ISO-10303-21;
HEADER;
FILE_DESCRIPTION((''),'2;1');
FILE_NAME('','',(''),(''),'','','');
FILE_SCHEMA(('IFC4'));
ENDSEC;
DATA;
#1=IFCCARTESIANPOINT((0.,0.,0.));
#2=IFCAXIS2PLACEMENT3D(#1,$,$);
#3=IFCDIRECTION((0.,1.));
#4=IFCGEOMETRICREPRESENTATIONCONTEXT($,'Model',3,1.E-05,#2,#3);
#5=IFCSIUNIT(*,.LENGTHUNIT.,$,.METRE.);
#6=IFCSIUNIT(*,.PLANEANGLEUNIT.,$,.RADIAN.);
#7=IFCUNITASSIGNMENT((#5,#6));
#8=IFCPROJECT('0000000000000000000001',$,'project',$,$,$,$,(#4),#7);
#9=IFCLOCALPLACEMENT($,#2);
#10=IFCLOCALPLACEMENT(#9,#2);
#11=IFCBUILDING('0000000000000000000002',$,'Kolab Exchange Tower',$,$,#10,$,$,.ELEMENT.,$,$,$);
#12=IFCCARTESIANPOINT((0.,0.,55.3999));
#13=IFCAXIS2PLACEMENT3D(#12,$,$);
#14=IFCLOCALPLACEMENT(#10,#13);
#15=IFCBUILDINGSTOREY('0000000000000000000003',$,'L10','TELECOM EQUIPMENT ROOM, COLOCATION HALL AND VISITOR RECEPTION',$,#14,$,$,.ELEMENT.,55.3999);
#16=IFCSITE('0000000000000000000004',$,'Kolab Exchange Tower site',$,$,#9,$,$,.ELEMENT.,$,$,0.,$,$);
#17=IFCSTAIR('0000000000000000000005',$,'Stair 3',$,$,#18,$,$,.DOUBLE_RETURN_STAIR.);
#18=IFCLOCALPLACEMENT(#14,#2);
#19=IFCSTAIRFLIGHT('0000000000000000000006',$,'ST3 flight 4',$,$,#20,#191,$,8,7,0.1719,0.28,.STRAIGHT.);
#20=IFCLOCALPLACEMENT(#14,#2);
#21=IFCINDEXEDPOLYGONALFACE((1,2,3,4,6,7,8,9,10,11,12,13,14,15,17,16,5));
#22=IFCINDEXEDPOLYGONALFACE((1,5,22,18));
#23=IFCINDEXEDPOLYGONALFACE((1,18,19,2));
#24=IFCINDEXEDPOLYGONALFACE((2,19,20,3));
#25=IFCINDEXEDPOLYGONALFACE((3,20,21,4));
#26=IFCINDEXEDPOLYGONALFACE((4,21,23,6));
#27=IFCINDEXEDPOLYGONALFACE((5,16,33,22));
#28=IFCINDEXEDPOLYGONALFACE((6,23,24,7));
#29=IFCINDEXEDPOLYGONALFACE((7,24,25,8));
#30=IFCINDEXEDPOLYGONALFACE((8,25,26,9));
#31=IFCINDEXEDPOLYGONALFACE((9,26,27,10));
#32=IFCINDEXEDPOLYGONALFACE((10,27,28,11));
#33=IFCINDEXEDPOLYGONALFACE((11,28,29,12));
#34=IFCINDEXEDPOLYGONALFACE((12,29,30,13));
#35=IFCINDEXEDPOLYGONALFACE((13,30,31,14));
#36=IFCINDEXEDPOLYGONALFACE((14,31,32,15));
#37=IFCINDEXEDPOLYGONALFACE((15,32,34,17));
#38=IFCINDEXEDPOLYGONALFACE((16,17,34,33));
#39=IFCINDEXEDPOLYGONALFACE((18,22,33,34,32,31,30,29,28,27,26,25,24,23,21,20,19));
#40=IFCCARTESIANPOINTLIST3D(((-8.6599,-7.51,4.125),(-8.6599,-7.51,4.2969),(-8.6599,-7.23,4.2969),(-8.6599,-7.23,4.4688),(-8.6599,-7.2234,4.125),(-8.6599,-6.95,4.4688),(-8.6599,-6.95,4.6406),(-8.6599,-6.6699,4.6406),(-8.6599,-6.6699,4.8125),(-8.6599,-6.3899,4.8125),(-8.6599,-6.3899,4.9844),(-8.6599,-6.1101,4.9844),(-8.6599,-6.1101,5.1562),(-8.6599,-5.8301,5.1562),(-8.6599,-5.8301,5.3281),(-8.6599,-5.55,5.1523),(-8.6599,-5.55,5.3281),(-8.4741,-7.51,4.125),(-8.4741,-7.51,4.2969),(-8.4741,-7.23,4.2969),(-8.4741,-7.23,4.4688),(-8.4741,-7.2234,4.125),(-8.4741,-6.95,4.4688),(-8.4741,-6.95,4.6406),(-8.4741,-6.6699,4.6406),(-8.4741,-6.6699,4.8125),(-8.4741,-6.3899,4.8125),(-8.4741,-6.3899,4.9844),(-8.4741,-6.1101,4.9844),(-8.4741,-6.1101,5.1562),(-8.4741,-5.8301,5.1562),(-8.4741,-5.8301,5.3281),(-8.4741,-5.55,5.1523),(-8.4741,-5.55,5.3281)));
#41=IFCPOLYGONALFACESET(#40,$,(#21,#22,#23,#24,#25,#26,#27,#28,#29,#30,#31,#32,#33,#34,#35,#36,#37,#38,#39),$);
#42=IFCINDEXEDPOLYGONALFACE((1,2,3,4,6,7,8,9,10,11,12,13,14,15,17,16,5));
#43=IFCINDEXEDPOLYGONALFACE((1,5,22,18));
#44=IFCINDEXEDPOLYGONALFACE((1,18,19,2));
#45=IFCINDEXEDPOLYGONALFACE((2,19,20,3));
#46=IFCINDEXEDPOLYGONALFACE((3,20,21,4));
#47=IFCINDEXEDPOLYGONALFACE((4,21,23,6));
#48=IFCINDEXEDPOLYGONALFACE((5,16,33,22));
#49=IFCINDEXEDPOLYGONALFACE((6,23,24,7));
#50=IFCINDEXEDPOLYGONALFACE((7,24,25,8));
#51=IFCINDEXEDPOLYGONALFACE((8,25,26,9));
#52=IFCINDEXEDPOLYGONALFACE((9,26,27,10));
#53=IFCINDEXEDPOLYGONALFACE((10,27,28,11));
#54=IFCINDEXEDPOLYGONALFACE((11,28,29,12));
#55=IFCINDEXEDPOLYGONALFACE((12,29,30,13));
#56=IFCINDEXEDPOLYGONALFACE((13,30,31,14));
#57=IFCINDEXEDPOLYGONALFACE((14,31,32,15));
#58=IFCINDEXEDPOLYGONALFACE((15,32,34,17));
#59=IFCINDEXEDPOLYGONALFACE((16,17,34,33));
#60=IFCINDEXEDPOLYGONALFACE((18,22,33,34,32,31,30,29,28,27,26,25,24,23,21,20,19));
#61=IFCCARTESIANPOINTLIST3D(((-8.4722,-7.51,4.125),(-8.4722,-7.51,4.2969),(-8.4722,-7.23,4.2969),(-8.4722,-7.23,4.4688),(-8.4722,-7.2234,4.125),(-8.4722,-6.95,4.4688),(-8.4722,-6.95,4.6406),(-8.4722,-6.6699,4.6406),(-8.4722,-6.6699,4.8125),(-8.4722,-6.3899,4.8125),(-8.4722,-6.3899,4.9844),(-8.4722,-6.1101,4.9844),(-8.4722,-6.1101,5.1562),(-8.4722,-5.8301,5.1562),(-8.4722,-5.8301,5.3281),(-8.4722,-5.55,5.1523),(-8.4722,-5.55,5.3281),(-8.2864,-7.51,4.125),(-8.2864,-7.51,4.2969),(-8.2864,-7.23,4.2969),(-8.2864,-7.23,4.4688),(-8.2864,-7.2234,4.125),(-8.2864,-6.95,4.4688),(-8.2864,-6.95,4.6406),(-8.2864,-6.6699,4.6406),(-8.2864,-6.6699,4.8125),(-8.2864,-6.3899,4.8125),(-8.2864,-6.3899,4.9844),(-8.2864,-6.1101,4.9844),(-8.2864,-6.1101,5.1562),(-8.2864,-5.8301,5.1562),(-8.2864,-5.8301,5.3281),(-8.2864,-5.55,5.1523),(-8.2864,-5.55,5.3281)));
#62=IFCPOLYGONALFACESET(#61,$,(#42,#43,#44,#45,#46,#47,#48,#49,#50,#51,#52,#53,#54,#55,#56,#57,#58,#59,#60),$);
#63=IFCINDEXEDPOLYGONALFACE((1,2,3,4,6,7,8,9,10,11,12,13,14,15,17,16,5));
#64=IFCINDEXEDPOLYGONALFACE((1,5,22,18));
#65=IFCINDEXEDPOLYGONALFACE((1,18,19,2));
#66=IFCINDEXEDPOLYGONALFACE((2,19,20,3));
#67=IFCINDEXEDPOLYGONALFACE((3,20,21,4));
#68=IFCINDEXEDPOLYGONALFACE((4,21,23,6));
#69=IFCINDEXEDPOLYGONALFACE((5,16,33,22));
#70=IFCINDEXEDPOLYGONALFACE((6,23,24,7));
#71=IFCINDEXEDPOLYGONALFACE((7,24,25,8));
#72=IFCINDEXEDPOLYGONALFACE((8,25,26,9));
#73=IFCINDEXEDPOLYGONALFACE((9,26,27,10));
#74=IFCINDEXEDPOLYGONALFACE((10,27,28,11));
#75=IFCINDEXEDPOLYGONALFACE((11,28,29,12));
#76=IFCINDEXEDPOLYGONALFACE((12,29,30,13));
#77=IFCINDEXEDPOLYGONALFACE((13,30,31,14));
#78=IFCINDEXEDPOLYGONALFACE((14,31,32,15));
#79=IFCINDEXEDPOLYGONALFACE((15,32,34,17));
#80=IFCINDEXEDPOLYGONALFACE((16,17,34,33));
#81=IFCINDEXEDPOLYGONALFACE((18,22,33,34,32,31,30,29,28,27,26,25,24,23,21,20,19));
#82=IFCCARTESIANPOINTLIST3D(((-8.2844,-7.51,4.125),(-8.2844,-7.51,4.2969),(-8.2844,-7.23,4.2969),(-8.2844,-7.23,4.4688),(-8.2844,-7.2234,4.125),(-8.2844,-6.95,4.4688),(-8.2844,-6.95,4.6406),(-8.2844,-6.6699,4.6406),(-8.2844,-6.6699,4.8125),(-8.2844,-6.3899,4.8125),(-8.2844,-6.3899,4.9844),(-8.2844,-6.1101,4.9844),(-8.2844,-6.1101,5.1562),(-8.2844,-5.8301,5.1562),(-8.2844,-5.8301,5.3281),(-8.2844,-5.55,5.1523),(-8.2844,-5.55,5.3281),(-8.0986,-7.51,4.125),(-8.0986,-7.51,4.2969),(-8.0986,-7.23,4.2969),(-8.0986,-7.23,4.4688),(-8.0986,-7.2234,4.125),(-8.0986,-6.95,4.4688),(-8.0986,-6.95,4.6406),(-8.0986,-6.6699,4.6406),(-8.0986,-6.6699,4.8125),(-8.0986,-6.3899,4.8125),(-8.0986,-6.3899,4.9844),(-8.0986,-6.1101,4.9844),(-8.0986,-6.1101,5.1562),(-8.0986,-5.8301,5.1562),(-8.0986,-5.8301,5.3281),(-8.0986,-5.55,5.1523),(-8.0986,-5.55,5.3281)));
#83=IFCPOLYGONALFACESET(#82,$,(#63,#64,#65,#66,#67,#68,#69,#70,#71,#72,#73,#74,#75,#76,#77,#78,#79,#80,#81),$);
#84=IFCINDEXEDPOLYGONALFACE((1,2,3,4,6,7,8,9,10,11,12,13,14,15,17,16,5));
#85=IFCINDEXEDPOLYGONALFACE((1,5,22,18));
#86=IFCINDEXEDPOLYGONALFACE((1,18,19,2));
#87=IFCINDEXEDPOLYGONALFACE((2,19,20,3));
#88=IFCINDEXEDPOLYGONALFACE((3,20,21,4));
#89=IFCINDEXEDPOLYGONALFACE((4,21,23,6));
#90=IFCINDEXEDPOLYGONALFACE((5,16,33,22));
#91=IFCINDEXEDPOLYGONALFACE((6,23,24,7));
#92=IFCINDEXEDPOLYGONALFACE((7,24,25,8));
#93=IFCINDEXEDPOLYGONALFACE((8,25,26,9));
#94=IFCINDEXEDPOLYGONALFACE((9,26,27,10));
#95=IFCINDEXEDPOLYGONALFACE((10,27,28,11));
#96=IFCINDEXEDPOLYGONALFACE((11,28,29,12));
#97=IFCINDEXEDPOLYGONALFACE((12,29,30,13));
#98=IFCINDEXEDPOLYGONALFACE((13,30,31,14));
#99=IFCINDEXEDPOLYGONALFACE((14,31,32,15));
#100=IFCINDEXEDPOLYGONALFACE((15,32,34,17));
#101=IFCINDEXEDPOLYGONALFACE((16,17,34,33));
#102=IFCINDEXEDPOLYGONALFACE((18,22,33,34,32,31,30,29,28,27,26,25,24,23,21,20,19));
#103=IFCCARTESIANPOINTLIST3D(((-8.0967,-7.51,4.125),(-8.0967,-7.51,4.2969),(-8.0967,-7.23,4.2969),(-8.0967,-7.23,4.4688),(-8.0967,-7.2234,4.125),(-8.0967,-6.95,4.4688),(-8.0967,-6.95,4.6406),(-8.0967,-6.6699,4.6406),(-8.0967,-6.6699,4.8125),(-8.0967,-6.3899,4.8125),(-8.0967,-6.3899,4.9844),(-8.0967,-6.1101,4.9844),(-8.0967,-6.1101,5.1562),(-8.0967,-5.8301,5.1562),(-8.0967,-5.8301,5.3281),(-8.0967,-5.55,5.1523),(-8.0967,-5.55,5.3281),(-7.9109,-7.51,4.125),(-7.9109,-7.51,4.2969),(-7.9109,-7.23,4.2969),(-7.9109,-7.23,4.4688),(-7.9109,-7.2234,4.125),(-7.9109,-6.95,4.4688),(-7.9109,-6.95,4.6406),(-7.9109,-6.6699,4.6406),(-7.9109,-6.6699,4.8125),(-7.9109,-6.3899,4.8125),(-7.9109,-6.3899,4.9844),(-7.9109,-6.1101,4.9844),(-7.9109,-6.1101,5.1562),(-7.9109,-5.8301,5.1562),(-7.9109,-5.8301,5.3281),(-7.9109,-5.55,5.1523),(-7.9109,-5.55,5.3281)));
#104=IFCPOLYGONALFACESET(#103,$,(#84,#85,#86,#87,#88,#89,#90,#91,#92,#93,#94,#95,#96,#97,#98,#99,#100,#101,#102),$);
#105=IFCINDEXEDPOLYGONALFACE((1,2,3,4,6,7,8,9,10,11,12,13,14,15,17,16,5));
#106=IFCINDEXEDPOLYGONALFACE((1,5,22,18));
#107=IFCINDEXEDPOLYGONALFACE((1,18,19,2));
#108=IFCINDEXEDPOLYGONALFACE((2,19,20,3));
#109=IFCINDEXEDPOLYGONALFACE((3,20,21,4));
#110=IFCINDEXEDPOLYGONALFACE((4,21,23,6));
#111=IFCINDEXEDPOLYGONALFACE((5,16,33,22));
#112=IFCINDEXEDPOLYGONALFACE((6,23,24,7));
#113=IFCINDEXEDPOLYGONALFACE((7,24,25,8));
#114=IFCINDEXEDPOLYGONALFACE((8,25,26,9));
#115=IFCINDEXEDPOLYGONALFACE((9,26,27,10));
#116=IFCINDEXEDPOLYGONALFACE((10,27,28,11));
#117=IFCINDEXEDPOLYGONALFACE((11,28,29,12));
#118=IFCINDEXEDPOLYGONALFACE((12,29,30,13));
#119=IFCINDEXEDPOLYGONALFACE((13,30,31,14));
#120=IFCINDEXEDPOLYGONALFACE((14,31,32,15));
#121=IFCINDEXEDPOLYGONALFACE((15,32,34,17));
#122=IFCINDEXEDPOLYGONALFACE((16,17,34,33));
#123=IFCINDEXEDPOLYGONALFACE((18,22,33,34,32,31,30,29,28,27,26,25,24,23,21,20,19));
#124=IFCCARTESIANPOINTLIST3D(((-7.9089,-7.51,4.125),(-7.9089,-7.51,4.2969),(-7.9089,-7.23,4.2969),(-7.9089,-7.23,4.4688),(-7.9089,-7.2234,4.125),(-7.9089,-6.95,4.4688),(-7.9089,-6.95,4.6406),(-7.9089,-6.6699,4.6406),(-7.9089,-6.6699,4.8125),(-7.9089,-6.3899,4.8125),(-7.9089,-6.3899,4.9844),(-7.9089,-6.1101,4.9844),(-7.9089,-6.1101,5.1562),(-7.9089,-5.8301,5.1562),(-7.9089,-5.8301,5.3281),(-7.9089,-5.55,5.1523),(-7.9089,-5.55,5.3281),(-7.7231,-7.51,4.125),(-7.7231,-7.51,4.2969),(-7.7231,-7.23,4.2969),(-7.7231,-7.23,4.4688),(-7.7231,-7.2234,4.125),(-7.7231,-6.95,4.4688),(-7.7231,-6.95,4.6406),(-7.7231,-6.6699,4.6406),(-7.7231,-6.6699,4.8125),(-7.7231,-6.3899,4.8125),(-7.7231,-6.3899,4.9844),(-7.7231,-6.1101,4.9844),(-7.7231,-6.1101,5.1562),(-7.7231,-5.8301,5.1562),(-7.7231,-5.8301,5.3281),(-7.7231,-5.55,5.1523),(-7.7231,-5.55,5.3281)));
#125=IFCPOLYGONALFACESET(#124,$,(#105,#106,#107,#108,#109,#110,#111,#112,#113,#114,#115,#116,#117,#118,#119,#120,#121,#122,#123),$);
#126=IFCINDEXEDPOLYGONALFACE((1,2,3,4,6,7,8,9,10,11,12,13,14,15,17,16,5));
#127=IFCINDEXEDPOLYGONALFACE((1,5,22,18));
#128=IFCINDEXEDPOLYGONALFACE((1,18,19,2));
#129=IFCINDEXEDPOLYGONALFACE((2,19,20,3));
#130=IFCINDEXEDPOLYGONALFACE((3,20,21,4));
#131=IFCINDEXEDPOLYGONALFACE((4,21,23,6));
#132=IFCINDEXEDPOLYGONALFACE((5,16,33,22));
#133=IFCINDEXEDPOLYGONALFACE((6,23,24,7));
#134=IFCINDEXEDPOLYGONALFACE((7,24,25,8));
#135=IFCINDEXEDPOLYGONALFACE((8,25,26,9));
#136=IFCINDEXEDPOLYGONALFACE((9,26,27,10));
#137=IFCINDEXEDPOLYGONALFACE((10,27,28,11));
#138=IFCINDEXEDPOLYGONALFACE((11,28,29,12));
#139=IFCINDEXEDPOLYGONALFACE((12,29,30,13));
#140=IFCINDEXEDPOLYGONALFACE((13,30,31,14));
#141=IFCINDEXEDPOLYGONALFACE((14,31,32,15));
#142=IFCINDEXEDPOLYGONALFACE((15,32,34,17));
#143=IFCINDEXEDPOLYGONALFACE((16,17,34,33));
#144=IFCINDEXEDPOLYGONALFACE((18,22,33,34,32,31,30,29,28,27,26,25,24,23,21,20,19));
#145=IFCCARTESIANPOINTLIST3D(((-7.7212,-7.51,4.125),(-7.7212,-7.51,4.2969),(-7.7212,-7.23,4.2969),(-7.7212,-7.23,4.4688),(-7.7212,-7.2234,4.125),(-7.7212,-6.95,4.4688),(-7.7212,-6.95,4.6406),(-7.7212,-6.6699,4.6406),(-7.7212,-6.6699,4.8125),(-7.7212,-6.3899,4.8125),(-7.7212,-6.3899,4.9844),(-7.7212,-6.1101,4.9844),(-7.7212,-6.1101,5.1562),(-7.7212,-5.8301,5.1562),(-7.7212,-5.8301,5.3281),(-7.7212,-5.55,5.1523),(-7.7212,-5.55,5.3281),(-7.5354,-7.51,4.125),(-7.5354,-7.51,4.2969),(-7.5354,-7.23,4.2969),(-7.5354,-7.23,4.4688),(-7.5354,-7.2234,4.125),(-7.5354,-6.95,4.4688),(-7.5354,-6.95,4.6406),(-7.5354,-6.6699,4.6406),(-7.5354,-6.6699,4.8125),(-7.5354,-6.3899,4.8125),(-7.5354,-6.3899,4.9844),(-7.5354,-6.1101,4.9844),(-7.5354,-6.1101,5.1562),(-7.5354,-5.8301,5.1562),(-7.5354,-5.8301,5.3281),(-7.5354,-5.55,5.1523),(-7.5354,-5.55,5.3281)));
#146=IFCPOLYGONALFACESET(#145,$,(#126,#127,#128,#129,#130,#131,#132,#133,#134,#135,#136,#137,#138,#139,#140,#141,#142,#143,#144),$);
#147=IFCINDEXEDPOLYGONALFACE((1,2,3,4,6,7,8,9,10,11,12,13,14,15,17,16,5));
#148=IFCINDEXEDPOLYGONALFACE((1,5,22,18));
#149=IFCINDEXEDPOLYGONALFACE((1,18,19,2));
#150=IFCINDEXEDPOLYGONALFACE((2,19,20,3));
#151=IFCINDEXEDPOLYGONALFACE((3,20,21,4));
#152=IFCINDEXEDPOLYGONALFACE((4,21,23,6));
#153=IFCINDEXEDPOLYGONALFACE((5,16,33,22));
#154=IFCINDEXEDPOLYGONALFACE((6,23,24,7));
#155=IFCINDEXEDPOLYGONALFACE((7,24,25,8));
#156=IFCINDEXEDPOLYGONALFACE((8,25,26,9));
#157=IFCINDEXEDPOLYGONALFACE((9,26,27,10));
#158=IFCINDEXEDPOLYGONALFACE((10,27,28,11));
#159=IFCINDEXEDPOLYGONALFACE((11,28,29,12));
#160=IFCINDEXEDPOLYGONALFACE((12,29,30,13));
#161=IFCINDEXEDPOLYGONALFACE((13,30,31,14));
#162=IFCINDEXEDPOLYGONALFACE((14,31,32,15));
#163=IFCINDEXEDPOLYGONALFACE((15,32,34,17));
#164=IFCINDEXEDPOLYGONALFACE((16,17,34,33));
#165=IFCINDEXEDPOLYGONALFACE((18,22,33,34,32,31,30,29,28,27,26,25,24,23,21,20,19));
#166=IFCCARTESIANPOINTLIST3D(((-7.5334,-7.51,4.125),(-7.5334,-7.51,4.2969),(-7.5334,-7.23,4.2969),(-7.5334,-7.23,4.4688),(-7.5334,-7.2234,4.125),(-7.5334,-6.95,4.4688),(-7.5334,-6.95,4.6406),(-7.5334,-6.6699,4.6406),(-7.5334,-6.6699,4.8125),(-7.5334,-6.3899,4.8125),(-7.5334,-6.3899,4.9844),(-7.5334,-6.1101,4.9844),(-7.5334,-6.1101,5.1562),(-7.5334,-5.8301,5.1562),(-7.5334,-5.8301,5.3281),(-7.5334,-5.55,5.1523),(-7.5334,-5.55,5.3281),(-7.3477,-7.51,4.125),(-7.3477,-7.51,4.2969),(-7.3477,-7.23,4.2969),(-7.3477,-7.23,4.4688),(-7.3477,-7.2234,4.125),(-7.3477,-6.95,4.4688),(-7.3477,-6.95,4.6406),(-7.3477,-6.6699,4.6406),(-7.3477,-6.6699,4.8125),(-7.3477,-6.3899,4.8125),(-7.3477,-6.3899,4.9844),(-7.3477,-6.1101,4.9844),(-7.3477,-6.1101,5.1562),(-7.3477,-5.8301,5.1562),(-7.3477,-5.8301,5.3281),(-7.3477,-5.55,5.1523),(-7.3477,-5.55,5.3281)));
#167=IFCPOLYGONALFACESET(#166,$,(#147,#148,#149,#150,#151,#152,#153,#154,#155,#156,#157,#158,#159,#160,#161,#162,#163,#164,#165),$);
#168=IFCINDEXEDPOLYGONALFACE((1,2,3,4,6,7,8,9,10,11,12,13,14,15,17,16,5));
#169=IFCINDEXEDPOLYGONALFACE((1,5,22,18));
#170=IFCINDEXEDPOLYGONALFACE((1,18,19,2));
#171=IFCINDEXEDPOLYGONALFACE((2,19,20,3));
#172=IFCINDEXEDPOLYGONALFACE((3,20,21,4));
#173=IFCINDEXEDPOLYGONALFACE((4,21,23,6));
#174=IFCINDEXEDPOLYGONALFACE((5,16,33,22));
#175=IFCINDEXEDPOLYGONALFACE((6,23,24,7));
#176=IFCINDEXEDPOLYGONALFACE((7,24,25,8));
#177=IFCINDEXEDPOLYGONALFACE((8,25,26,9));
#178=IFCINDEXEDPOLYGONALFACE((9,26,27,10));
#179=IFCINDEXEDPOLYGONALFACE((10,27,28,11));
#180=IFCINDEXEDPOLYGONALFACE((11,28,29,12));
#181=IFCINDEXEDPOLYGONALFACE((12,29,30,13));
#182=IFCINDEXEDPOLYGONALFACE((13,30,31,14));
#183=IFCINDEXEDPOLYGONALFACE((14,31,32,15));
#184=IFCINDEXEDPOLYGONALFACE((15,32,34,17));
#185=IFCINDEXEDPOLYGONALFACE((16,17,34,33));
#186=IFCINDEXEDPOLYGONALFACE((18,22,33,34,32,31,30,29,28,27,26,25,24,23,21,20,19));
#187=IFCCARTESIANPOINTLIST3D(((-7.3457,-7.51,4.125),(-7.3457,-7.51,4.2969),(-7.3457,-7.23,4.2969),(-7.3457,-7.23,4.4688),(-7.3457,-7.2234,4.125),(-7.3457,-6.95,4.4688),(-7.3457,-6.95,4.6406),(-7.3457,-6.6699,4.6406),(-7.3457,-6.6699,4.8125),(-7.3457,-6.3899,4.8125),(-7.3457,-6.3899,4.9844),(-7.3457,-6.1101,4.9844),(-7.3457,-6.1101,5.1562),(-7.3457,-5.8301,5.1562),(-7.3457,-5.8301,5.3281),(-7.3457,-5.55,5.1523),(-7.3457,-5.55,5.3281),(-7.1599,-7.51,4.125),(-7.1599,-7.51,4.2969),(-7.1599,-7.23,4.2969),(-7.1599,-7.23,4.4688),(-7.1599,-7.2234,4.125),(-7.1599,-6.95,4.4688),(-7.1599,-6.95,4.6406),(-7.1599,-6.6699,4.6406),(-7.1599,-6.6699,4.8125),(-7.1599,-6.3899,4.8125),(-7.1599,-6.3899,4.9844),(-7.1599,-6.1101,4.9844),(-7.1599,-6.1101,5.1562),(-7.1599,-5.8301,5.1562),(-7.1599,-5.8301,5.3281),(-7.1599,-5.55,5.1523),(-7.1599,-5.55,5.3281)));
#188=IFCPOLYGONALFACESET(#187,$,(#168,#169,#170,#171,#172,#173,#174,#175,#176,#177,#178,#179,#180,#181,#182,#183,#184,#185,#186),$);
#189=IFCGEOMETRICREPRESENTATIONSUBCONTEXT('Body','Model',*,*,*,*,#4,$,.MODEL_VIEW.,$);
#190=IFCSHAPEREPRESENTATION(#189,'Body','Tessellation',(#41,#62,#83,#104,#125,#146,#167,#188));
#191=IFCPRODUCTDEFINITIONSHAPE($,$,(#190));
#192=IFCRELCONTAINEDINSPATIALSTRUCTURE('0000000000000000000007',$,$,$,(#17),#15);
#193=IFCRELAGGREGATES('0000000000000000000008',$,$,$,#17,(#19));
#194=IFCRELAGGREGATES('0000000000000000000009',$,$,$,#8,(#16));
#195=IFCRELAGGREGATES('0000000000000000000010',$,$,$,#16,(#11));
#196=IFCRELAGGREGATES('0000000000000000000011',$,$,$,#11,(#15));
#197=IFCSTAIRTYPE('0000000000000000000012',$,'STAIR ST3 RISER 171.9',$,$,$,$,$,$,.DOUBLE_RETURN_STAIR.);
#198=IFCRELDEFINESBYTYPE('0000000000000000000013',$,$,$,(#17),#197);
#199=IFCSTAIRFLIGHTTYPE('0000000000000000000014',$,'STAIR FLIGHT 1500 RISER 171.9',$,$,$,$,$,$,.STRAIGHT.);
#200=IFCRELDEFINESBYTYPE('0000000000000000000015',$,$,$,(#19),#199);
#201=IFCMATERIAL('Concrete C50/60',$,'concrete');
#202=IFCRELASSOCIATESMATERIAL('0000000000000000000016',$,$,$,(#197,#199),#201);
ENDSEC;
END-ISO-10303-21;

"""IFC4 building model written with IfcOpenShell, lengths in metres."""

from ifc_helpers import new_model, si_unit, direction, frame, origin, place, context, subcontext, project, spatial, polyline, outline, extrude, material, type_object, element, aggregate, save


model = new_model("IFC4")

# Units and contexts
model_context = context("Model", 3, precision=1e-05, world=origin(), true_north=direction((0.0, 1.0)))
body_context = subcontext(model_context, "Body", "Model", "MODEL_VIEW")
ifc_project = project(units=[si_unit("LENGTHUNIT", "METRE"), si_unit("PLANEANGLEUNIT", "RADIAN")], contexts=[model_context])

# Site, building, storey
site_placement = place(None, origin())
site = spatial("IfcSite", under=ifc_project, at=site_placement, Name="Kolab Exchange Tower site", CompositionType="ELEMENT", RefElevation=0.0)
building_placement = place(site_placement, origin())
building = spatial("IfcBuilding", under=site, at=building_placement, Name="Kolab Exchange Tower", CompositionType="ELEMENT")
storey_placement = place(building_placement, frame((0.0, 0.0, 55.3999)))
storey = spatial("IfcBuildingStorey", under=building, at=storey_placement, Name="L10", Description="TELECOM EQUIPMENT ROOM, COLOCATION HALL AND VISITOR RECEPTION", CompositionType="ELEMENT", Elevation=55.3999)

# Shared definitions
ifc_material_1 = material(Name="Concrete C50/60", Category="concrete")

# Stair, stair flight
stair_type = type_object("IfcStairType", Name="STAIR ST3 RISER 171.9", PredefinedType="DOUBLE_RETURN_STAIR", material=ifc_material_1)
stair_placement = place(storey_placement, origin())
stair = element("IfcStair", 1, at=stair_placement, inside=storey, type_object=stair_type, Name="Stair 3", PredefinedType="DOUBLE_RETURN_STAIR")
stair_flight_type = type_object("IfcStairFlightType", Name="STAIR FLIGHT 1500 RISER 171.9", PredefinedType="STRAIGHT", material=ifc_material_1)
stair_flight_1_placement = place(storey_placement, frame((-7.9099, -7.51, 4.125), z_axis=(0.0, 0.0, 1.0), x_axis=(0.0, 1.0, 0.0)))
stair_flight_1 = element("IfcStairFlight", 2, at=stair_flight_1_placement, type_object=stair_flight_type, Name="ST3 flight 4", NumberOfRisers=8, NumberOfTreads=7, PredefinedType="STRAIGHT", RiserHeight=0.1719, TreadLength=0.28, context=body_context, shape_type="SweptSolid", body=[
    extrude(outline(polyline([(0.0, 0.0), (0.0, 0.1719), (0.28, 0.1719), (0.28, 0.3438), (0.5601, 0.3438), (0.5601, 0.5156), (0.8401, 0.5156), (0.8401, 0.6875), (1.1201, 0.6875), (1.1201, 0.8594), (1.3999, 0.8594), (1.3999, 1.0312), (1.6799, 1.0312), (1.6799, 1.2031), (1.96, 1.2031), (1.96, 1.375), (1.96, 1.0273), (0.2866, 0.0), (0.0, 0.0)])), frame((0.0, 0.75, 0.0), z_axis=(0.0, -1.0, 0.0), x_axis=(1.0, 0.0, 0.0)), (0.0, 0.0, 1.0), 0.1858),
    extrude(outline(polyline([(0.0, 0.0), (0.0, 0.1719), (0.28, 0.1719), (0.28, 0.3438), (0.5601, 0.3438), (0.5601, 0.5156), (0.8401, 0.5156), (0.8401, 0.6875), (1.1201, 0.6875), (1.1201, 0.8594), (1.3999, 0.8594), (1.3999, 1.0312), (1.6799, 1.0312), (1.6799, 1.2031), (1.96, 1.2031), (1.96, 1.375), (1.96, 1.0273), (0.2866, 0.0), (0.0, 0.0)])), frame((0.0, 0.5623, 0.0), z_axis=(0.0, -1.0, 0.0), x_axis=(1.0, 0.0, 0.0)), (0.0, 0.0, 1.0), 0.1858),
    extrude(outline(polyline([(0.0, 0.0), (0.0, 0.1719), (0.28, 0.1719), (0.28, 0.3438), (0.5601, 0.3438), (0.5601, 0.5156), (0.8401, 0.5156), (0.8401, 0.6875), (1.1201, 0.6875), (1.1201, 0.8594), (1.3999, 0.8594), (1.3999, 1.0312), (1.6799, 1.0312), (1.6799, 1.2031), (1.96, 1.2031), (1.96, 1.375), (1.96, 1.0273), (0.2866, 0.0), (0.0, 0.0)])), frame((0.0, 0.3745, 0.0), z_axis=(0.0, -1.0, 0.0), x_axis=(1.0, 0.0, 0.0)), (0.0, 0.0, 1.0), 0.1858),
    extrude(outline(polyline([(0.0, 0.0), (0.0, 0.1719), (0.28, 0.1719), (0.28, 0.3438), (0.5601, 0.3438), (0.5601, 0.5156), (0.8401, 0.5156), (0.8401, 0.6875), (1.1201, 0.6875), (1.1201, 0.8594), (1.3999, 0.8594), (1.3999, 1.0312), (1.6799, 1.0312), (1.6799, 1.2031), (1.96, 1.2031), (1.96, 1.375), (1.96, 1.0273), (0.2866, 0.0), (0.0, 0.0)])), frame((0.0, 0.1868, 0.0), z_axis=(0.0, -1.0, 0.0), x_axis=(1.0, 0.0, 0.0)), (0.0, 0.0, 1.0), 0.1858),
    extrude(outline(polyline([(0.0, 0.0), (0.0, 0.1719), (0.28, 0.1719), (0.28, 0.3438), (0.5601, 0.3438), (0.5601, 0.5156), (0.8401, 0.5156), (0.8401, 0.6875), (1.1201, 0.6875), (1.1201, 0.8594), (1.3999, 0.8594), (1.3999, 1.0312), (1.6799, 1.0312), (1.6799, 1.2031), (1.96, 1.2031), (1.96, 1.375), (1.96, 1.0273), (0.2866, 0.0), (0.0, 0.0)])), frame((0.0, -0.001, 0.0), z_axis=(0.0, -1.0, 0.0), x_axis=(1.0, 0.0, 0.0)), (0.0, 0.0, 1.0), 0.1858),
    extrude(outline(polyline([(0.0, 0.0), (0.0, 0.1719), (0.28, 0.1719), (0.28, 0.3438), (0.5601, 0.3438), (0.5601, 0.5156), (0.8401, 0.5156), (0.8401, 0.6875), (1.1201, 0.6875), (1.1201, 0.8594), (1.3999, 0.8594), (1.3999, 1.0312), (1.6799, 1.0312), (1.6799, 1.2031), (1.96, 1.2031), (1.96, 1.375), (1.96, 1.0273), (0.2866, 0.0), (0.0, 0.0)])), frame((0.0, -0.1887, 0.0), z_axis=(0.0, -1.0, 0.0), x_axis=(1.0, 0.0, 0.0)), (0.0, 0.0, 1.0), 0.1858),
    extrude(outline(polyline([(0.0, 0.0), (0.0, 0.1719), (0.28, 0.1719), (0.28, 0.3438), (0.5601, 0.3438), (0.5601, 0.5156), (0.8401, 0.5156), (0.8401, 0.6875), (1.1201, 0.6875), (1.1201, 0.8594), (1.3999, 0.8594), (1.3999, 1.0312), (1.6799, 1.0312), (1.6799, 1.2031), (1.96, 1.2031), (1.96, 1.375), (1.96, 1.0273), (0.2866, 0.0), (0.0, 0.0)])), frame((0.0, -0.3765, 0.0), z_axis=(0.0, -1.0, 0.0), x_axis=(1.0, 0.0, 0.0)), (0.0, 0.0, 1.0), 0.1858),
    extrude(outline(polyline([(0.0, 0.0), (0.0, 0.1719), (0.28, 0.1719), (0.28, 0.3438), (0.5601, 0.3438), (0.5601, 0.5156), (0.8401, 0.5156), (0.8401, 0.6875), (1.1201, 0.6875), (1.1201, 0.8594), (1.3999, 0.8594), (1.3999, 1.0312), (1.6799, 1.0312), (1.6799, 1.2031), (1.96, 1.2031), (1.96, 1.375), (1.96, 1.0273), (0.2866, 0.0), (0.0, 0.0)])), frame((0.0, -0.5642, 0.0), z_axis=(0.0, -1.0, 0.0), x_axis=(1.0, 0.0, 0.0)), (0.0, 0.0, 1.0), 0.1858),
])
aggregate(stair, [stair_flight_1])

save(model, "model.ifc")
